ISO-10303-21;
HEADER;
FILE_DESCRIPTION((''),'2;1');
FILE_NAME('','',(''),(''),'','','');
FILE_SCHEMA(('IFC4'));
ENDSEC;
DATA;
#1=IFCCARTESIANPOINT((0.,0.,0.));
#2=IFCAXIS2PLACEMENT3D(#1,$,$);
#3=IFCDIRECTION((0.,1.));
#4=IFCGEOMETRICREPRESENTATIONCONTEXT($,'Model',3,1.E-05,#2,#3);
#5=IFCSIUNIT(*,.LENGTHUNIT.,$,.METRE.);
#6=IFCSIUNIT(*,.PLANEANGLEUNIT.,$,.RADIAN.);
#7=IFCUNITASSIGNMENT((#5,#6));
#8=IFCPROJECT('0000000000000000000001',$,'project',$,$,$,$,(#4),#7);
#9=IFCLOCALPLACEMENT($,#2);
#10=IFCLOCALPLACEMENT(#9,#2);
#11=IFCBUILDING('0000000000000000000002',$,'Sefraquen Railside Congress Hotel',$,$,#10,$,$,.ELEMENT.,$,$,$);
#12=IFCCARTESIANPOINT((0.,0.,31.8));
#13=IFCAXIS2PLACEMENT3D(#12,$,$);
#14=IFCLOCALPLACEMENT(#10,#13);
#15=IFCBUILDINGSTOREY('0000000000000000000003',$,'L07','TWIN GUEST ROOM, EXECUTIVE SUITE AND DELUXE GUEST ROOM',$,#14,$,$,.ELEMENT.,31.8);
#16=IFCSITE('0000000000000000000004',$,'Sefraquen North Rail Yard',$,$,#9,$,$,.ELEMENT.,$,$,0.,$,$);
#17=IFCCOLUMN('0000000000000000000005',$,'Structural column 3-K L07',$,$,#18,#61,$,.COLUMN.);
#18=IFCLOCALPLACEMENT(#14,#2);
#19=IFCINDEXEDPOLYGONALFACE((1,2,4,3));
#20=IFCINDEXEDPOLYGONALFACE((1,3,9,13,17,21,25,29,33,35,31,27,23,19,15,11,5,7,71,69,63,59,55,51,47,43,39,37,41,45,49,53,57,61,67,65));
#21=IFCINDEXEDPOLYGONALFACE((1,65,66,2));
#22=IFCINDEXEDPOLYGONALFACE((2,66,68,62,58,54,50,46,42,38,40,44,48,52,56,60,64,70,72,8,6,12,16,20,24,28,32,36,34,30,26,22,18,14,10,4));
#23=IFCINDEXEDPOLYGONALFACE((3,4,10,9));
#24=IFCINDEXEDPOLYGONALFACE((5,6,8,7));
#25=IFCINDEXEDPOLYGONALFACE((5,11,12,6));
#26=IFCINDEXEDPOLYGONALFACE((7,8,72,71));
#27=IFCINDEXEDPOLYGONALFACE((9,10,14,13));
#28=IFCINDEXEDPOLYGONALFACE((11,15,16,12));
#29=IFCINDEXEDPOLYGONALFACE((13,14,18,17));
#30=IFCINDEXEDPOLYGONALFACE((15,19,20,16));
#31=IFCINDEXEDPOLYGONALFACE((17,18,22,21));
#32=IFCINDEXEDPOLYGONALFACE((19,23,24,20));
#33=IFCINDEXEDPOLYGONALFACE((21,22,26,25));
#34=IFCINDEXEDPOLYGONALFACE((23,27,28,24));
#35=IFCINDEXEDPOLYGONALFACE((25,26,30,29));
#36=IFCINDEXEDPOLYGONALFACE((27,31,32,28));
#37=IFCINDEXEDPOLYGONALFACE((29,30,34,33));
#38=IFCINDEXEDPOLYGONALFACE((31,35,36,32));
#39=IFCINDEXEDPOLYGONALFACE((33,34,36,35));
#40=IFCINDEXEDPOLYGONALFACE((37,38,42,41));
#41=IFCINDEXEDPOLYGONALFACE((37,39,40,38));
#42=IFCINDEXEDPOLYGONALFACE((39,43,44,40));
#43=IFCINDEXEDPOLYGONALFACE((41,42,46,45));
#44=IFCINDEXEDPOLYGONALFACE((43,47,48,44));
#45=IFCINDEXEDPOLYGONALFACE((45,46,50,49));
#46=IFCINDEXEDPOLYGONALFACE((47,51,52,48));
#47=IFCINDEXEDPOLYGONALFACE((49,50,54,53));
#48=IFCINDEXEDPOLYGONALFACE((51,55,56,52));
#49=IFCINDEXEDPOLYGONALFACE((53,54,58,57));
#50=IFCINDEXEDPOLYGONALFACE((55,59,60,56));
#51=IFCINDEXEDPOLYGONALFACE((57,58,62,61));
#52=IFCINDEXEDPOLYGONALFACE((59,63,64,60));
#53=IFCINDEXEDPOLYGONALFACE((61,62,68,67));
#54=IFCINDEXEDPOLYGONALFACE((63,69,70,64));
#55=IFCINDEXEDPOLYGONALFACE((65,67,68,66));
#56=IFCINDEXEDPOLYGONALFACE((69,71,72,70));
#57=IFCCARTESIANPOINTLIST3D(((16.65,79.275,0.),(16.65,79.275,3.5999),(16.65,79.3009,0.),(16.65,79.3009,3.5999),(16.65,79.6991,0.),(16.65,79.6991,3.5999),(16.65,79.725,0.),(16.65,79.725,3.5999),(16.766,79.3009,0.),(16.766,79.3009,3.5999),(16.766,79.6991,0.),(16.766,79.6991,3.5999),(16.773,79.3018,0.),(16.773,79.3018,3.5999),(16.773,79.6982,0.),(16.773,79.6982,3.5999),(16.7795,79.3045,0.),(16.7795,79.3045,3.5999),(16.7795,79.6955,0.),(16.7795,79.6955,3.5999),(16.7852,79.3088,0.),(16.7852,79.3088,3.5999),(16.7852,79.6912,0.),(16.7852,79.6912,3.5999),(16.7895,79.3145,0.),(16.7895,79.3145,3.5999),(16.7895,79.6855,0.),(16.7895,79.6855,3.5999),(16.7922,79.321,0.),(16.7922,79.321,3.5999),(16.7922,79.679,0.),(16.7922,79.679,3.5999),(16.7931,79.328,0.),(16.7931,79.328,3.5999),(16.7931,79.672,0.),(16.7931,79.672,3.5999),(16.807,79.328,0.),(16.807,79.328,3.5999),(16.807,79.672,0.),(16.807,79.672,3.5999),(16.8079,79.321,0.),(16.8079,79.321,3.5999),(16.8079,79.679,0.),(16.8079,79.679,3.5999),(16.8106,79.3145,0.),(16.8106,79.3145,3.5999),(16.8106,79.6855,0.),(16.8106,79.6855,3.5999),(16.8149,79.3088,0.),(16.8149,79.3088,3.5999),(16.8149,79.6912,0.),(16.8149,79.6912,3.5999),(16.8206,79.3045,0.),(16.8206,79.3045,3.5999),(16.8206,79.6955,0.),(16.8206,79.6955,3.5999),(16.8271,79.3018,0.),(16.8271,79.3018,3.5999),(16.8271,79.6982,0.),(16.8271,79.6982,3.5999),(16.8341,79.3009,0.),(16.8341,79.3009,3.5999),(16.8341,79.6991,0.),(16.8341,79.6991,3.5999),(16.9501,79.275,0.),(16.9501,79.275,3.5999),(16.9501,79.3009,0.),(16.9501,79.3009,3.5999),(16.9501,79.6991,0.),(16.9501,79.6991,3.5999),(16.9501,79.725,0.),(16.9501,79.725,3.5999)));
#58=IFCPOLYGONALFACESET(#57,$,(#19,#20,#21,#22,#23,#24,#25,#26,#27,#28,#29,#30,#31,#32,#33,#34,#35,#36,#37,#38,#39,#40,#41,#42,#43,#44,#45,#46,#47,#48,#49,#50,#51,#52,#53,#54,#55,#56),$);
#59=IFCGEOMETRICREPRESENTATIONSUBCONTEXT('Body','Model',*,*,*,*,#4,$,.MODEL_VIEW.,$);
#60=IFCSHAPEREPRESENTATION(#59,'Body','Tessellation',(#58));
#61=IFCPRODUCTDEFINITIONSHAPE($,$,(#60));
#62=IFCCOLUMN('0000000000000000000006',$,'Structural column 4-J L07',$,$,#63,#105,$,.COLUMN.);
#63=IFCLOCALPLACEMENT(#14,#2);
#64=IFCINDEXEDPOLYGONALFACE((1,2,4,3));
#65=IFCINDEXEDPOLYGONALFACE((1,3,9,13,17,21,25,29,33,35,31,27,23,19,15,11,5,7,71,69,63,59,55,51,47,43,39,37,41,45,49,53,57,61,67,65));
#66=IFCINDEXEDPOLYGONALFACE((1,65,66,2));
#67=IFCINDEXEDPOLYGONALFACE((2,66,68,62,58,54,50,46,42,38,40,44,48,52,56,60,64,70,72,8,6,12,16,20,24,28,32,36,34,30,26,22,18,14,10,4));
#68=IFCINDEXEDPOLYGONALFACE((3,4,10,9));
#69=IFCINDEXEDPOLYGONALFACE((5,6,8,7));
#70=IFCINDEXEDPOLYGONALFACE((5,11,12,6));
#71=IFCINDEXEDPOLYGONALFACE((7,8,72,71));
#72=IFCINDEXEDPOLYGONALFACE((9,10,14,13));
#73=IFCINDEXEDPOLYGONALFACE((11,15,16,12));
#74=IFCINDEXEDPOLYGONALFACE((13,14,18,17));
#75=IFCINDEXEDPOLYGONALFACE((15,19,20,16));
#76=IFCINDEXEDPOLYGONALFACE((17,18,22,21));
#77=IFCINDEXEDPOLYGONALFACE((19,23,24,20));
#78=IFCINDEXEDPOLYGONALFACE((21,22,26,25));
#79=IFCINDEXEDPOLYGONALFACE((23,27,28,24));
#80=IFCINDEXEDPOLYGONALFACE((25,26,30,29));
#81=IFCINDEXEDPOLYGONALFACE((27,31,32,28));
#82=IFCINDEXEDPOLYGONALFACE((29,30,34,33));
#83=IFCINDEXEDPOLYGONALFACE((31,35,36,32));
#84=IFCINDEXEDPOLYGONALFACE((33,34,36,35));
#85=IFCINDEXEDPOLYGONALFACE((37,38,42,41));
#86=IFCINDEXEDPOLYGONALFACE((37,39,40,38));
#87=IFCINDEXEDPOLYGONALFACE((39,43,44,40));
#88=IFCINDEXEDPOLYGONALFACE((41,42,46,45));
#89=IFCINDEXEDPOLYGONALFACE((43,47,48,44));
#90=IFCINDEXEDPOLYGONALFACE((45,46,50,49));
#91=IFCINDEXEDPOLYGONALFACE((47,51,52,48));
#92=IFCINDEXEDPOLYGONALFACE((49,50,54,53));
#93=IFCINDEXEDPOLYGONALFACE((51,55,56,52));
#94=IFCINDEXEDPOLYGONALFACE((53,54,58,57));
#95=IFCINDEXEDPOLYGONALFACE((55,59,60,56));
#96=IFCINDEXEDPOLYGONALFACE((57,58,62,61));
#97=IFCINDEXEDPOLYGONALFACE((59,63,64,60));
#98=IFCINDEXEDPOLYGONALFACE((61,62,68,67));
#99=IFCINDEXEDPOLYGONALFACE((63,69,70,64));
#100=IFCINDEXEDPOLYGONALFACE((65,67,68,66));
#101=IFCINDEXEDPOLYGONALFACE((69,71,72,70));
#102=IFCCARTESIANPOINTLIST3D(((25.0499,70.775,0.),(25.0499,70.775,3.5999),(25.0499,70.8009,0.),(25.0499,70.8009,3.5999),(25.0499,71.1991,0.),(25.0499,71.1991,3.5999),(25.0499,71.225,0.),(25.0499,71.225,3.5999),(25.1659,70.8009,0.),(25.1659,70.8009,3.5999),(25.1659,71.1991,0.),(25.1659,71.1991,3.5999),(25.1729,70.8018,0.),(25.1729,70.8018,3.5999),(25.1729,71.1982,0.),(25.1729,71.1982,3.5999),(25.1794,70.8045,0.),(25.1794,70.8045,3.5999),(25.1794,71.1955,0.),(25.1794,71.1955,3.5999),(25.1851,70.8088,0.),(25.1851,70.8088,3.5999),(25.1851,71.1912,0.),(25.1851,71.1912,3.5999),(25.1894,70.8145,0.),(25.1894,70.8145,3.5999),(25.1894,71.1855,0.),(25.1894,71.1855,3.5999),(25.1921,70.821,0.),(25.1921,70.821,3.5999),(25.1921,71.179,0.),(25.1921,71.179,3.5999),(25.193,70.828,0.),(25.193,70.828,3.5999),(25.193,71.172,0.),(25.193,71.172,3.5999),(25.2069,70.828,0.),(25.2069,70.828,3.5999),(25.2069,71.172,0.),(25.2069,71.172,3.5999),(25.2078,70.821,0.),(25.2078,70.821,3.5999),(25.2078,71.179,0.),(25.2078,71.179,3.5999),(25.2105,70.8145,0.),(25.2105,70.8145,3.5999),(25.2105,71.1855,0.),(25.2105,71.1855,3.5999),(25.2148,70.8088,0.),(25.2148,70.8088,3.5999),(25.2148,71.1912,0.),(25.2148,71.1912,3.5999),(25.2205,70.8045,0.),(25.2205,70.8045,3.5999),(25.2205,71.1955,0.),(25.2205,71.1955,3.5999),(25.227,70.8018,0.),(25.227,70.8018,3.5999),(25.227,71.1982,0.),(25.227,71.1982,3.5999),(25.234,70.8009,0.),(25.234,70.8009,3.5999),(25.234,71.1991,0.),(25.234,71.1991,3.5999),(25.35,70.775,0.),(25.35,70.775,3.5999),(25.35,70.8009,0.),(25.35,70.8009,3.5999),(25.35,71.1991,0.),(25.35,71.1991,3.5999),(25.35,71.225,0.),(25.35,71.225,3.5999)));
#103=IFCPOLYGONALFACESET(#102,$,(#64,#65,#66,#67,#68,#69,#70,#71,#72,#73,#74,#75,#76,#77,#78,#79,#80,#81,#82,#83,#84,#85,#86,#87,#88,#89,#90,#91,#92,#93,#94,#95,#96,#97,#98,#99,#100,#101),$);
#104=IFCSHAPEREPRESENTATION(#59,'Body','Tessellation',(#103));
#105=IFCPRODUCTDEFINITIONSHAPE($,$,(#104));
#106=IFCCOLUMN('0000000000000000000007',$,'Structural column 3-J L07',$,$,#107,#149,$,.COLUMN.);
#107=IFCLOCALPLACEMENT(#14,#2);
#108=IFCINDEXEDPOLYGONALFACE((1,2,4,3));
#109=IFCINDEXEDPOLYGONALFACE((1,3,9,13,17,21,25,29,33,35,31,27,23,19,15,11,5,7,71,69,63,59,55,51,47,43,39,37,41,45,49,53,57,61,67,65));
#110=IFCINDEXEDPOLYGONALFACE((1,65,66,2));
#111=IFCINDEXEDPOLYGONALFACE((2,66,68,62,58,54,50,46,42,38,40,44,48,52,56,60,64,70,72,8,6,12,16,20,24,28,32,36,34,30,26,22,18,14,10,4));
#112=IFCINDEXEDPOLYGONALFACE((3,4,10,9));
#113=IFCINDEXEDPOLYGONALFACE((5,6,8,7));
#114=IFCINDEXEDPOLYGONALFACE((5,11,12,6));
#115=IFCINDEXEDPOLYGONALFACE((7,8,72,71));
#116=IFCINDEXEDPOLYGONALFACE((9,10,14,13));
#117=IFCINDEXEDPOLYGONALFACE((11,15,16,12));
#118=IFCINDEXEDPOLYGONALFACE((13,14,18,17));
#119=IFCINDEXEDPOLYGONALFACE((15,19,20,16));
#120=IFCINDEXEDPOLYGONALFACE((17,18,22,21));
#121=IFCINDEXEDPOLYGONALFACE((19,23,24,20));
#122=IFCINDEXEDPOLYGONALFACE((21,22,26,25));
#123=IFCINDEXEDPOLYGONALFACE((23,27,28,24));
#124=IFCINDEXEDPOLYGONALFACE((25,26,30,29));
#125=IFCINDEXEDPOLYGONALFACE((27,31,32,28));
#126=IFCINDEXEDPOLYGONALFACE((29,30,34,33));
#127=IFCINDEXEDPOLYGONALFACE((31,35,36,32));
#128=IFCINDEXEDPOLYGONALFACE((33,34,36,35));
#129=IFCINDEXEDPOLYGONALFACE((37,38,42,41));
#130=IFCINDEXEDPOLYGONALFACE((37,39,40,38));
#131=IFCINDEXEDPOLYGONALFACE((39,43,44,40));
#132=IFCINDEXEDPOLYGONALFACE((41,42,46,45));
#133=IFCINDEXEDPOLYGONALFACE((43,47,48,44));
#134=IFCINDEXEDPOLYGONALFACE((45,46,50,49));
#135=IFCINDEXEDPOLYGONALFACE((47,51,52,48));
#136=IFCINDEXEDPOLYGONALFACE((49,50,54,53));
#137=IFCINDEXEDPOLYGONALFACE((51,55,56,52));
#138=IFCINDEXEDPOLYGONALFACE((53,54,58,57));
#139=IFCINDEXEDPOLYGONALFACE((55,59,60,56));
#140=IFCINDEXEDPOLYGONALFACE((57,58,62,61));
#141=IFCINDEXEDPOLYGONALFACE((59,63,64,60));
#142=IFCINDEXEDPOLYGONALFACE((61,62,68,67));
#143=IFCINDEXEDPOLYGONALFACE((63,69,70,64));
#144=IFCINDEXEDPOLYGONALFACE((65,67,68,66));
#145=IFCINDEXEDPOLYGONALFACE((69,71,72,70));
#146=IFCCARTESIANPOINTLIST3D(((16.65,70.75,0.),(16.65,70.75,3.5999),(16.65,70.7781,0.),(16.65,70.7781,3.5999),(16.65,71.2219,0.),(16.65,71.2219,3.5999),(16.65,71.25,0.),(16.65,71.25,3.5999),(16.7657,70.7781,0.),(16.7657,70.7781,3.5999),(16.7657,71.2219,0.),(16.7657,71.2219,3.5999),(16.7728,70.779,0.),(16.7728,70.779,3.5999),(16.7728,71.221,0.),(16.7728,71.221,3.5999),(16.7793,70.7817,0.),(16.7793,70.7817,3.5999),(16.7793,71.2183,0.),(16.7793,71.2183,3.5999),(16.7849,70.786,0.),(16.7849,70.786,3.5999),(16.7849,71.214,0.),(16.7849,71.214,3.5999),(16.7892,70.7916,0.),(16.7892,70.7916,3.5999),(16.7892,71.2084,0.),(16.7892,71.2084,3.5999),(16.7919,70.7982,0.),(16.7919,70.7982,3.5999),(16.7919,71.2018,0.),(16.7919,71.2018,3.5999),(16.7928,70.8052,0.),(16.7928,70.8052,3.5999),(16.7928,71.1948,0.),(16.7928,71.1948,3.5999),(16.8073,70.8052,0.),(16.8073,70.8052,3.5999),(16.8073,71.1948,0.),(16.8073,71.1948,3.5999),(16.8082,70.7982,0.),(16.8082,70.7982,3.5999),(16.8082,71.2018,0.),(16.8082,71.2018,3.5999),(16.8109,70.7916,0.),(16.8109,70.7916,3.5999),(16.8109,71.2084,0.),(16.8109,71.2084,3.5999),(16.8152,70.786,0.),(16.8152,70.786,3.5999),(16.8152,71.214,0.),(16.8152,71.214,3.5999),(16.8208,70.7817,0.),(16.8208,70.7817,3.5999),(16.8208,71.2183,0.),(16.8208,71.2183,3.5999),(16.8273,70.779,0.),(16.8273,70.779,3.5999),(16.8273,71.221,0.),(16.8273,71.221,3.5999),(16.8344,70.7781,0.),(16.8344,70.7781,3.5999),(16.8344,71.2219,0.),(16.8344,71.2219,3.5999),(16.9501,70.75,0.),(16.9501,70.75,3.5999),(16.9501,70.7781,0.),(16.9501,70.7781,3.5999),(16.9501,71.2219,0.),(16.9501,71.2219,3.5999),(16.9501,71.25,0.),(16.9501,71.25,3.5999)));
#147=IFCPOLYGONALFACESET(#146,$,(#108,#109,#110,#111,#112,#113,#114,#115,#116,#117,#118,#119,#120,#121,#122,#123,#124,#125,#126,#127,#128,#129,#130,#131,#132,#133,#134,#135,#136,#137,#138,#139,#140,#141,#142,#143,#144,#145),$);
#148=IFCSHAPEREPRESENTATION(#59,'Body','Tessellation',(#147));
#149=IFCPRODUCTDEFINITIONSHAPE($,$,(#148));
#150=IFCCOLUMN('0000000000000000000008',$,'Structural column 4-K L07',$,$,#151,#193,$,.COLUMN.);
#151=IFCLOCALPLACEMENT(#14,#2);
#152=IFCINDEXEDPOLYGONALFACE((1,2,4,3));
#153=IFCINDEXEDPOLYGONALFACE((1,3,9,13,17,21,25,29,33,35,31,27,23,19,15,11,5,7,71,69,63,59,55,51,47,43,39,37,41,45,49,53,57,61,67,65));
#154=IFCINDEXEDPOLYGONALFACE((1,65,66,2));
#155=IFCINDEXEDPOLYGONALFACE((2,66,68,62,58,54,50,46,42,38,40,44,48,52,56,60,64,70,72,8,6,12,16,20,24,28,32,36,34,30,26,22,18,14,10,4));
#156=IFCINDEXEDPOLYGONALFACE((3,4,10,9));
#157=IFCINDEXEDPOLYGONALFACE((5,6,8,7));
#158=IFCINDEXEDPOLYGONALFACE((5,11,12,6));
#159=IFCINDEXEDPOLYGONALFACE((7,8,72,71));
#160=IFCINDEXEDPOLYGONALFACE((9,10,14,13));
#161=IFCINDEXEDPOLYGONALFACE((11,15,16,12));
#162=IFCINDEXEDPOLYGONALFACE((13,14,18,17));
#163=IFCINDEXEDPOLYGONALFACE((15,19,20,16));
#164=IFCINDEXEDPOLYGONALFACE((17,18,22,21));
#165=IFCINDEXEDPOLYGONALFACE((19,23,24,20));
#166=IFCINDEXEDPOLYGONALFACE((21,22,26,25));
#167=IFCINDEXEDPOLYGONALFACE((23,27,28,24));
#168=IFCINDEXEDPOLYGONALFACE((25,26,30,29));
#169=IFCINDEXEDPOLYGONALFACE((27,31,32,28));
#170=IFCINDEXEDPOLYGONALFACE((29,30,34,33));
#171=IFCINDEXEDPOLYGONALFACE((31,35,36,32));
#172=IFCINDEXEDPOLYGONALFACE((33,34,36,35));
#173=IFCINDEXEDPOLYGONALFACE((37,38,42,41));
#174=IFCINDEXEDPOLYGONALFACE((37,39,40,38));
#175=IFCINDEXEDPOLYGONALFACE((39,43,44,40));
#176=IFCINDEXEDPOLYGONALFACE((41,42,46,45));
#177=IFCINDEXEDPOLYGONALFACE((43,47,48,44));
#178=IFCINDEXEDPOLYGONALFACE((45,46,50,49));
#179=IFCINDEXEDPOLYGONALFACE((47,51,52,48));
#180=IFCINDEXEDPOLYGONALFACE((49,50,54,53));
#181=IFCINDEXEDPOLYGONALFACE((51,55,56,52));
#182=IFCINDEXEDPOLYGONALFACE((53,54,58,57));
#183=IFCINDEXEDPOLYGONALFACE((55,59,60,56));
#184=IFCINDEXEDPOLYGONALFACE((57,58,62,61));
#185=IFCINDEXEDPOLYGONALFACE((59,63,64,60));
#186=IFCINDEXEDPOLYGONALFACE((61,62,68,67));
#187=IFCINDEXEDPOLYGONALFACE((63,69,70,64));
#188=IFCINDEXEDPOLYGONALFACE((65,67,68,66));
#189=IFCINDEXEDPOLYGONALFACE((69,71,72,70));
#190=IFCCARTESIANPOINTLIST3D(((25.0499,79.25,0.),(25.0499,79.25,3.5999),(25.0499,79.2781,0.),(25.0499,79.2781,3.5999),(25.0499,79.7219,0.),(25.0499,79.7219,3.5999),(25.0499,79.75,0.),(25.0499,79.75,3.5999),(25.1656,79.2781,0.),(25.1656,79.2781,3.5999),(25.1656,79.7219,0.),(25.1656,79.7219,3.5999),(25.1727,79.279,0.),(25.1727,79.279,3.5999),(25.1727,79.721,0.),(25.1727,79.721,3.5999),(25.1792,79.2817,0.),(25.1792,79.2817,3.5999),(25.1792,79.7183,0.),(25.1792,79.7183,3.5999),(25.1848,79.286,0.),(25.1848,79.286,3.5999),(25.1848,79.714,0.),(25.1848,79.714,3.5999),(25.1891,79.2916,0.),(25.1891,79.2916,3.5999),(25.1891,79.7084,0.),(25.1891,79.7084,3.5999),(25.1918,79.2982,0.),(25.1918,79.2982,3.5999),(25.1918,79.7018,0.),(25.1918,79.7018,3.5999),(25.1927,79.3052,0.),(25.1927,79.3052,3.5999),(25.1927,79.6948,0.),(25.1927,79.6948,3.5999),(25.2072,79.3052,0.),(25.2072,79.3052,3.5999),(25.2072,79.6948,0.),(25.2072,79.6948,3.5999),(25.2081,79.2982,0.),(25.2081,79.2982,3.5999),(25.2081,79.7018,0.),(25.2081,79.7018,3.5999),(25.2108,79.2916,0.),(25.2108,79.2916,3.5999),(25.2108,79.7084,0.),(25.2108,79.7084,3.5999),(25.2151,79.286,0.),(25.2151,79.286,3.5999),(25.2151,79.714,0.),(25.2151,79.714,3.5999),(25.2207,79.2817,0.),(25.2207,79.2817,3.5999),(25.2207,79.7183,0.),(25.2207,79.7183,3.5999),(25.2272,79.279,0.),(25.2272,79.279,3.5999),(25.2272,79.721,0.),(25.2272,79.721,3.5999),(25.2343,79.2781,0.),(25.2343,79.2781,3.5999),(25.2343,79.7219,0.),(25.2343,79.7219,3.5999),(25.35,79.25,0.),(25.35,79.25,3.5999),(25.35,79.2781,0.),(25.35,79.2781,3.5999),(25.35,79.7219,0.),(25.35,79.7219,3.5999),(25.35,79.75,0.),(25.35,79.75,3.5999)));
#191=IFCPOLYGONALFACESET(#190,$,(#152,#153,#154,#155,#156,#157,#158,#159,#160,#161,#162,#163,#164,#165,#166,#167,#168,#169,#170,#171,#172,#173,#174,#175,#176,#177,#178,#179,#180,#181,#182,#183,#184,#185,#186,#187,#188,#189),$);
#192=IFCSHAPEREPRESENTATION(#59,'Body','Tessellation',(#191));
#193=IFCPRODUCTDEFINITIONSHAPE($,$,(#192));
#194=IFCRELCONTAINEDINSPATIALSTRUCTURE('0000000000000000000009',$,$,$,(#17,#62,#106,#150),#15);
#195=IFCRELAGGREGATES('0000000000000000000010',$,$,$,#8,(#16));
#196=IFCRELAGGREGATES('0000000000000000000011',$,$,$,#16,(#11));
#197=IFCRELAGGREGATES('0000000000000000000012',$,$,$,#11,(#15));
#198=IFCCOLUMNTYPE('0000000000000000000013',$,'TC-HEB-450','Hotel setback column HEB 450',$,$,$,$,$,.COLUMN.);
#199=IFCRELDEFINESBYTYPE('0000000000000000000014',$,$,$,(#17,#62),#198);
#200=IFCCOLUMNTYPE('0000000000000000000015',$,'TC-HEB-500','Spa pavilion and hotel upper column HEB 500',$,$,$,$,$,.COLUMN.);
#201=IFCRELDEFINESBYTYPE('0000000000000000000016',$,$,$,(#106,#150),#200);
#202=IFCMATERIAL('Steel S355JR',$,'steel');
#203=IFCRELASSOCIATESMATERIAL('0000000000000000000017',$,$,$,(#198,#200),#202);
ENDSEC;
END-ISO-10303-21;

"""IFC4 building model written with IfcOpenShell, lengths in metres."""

from ifc_helpers import new_model, si_unit, direction, frame, origin, origin_2d, place, context, subcontext, project, spatial, i_section, extrude, material, material_profile, profile_set, type_object, element, save


model = new_model("IFC4")

# Units and contexts
model_context = context("Model", 3, precision=1e-05, world=origin(), true_north=direction((0.0, 1.0)))
body_context = subcontext(model_context, "Body", "Model", "MODEL_VIEW")
ifc_project = project(units=[si_unit("LENGTHUNIT", "METRE"), si_unit("PLANEANGLEUNIT", "RADIAN")], contexts=[model_context])

# Site, building, storey
site_placement = place(None, origin())
site = spatial("IfcSite", under=ifc_project, at=site_placement, Name="Sefraquen North Rail Yard", CompositionType="ELEMENT", RefElevation=0.0)
building_placement = place(site_placement, origin())
building = spatial("IfcBuilding", under=site, at=building_placement, Name="Sefraquen Railside Congress Hotel", CompositionType="ELEMENT")
storey_placement = place(building_placement, frame((0.0, 0.0, 31.8)))
storey = spatial("IfcBuildingStorey", under=building, at=storey_placement, Name="L07", Description="TWIN GUEST ROOM, EXECUTIVE SUITE AND DELUXE GUEST ROOM", CompositionType="ELEMENT", Elevation=31.8)

# Columns
ifc_material_1 = material(Name="Steel S355JR", Category="steel")
ifc_material_profile_1 = material_profile(ifc_material_1, i_section(OverallWidth=0.3, OverallDepth=0.45, WebThickness=0.0139, FlangeThickness=0.0259, FilletRadius=0.0271, at=origin_2d()), Name="HEB 450")
ifc_profile_set_1 = profile_set([ifc_material_profile_1], Name="Steel S355JR")
column_type_1 = type_object("IfcColumnType", Name="TC-HEB-450", Description="Hotel setback column HEB 450", PredefinedType="COLUMN", material=ifc_profile_set_1)
for number, where, z_axis, x_axis, name in (
    (1, (16.8, 79.5, 0.0), (0.0, 0.0, 1.0), (1.0, 0.0, 0.0), "Structural column 3-K L07"),
    (2, (25.2, 71.0, 0.0), (0.0, 0.0, 1.0), (1.0, 0.0, 0.0), "Structural column 4-J L07"),
):
    element("IfcColumn", number, at=place(storey_placement, frame(where, z_axis=z_axis, x_axis=x_axis)), inside=storey, type_object=column_type_1, Name=name, PredefinedType="COLUMN", context=body_context, shape_type="SweptSolid", body=[
        extrude(i_section(OverallWidth=0.3, OverallDepth=0.45, WebThickness=0.0139, FlangeThickness=0.0259, FilletRadius=0.0271, at=origin_2d()), origin(), (0.0, 0.0, 1.0), 3.5999),
    ])
ifc_material_profile_2 = material_profile(ifc_material_1, i_section(OverallWidth=0.3, OverallDepth=0.5, WebThickness=0.0144, FlangeThickness=0.0281, FilletRadius=0.0271, at=origin_2d()), Name="HEB 500")
ifc_profile_set_2 = profile_set([ifc_material_profile_2], Name="Steel S355JR")
column_type_2 = type_object("IfcColumnType", Name="TC-HEB-500", Description="Spa pavilion and hotel upper column HEB 500", PredefinedType="COLUMN", material=ifc_profile_set_2)
for number, where, z_axis, x_axis, name in (
    (3, (16.8, 71.0, 0.0), (0.0, 0.0, 1.0), (1.0, 0.0, 0.0), "Structural column 3-J L07"),
    (4, (25.2, 79.5, 0.0), (0.0, 0.0, 1.0), (1.0, 0.0, 0.0), "Structural column 4-K L07"),
):
    element("IfcColumn", number, at=place(storey_placement, frame(where, z_axis=z_axis, x_axis=x_axis)), inside=storey, type_object=column_type_2, Name=name, PredefinedType="COLUMN", context=body_context, shape_type="SweptSolid", body=[
        extrude(i_section(OverallWidth=0.3, OverallDepth=0.5, WebThickness=0.0144, FlangeThickness=0.0281, FilletRadius=0.0271, at=origin_2d()), origin(), (0.0, 0.0, 1.0), 3.5999),
    ])

save(model, "model.ifc")
